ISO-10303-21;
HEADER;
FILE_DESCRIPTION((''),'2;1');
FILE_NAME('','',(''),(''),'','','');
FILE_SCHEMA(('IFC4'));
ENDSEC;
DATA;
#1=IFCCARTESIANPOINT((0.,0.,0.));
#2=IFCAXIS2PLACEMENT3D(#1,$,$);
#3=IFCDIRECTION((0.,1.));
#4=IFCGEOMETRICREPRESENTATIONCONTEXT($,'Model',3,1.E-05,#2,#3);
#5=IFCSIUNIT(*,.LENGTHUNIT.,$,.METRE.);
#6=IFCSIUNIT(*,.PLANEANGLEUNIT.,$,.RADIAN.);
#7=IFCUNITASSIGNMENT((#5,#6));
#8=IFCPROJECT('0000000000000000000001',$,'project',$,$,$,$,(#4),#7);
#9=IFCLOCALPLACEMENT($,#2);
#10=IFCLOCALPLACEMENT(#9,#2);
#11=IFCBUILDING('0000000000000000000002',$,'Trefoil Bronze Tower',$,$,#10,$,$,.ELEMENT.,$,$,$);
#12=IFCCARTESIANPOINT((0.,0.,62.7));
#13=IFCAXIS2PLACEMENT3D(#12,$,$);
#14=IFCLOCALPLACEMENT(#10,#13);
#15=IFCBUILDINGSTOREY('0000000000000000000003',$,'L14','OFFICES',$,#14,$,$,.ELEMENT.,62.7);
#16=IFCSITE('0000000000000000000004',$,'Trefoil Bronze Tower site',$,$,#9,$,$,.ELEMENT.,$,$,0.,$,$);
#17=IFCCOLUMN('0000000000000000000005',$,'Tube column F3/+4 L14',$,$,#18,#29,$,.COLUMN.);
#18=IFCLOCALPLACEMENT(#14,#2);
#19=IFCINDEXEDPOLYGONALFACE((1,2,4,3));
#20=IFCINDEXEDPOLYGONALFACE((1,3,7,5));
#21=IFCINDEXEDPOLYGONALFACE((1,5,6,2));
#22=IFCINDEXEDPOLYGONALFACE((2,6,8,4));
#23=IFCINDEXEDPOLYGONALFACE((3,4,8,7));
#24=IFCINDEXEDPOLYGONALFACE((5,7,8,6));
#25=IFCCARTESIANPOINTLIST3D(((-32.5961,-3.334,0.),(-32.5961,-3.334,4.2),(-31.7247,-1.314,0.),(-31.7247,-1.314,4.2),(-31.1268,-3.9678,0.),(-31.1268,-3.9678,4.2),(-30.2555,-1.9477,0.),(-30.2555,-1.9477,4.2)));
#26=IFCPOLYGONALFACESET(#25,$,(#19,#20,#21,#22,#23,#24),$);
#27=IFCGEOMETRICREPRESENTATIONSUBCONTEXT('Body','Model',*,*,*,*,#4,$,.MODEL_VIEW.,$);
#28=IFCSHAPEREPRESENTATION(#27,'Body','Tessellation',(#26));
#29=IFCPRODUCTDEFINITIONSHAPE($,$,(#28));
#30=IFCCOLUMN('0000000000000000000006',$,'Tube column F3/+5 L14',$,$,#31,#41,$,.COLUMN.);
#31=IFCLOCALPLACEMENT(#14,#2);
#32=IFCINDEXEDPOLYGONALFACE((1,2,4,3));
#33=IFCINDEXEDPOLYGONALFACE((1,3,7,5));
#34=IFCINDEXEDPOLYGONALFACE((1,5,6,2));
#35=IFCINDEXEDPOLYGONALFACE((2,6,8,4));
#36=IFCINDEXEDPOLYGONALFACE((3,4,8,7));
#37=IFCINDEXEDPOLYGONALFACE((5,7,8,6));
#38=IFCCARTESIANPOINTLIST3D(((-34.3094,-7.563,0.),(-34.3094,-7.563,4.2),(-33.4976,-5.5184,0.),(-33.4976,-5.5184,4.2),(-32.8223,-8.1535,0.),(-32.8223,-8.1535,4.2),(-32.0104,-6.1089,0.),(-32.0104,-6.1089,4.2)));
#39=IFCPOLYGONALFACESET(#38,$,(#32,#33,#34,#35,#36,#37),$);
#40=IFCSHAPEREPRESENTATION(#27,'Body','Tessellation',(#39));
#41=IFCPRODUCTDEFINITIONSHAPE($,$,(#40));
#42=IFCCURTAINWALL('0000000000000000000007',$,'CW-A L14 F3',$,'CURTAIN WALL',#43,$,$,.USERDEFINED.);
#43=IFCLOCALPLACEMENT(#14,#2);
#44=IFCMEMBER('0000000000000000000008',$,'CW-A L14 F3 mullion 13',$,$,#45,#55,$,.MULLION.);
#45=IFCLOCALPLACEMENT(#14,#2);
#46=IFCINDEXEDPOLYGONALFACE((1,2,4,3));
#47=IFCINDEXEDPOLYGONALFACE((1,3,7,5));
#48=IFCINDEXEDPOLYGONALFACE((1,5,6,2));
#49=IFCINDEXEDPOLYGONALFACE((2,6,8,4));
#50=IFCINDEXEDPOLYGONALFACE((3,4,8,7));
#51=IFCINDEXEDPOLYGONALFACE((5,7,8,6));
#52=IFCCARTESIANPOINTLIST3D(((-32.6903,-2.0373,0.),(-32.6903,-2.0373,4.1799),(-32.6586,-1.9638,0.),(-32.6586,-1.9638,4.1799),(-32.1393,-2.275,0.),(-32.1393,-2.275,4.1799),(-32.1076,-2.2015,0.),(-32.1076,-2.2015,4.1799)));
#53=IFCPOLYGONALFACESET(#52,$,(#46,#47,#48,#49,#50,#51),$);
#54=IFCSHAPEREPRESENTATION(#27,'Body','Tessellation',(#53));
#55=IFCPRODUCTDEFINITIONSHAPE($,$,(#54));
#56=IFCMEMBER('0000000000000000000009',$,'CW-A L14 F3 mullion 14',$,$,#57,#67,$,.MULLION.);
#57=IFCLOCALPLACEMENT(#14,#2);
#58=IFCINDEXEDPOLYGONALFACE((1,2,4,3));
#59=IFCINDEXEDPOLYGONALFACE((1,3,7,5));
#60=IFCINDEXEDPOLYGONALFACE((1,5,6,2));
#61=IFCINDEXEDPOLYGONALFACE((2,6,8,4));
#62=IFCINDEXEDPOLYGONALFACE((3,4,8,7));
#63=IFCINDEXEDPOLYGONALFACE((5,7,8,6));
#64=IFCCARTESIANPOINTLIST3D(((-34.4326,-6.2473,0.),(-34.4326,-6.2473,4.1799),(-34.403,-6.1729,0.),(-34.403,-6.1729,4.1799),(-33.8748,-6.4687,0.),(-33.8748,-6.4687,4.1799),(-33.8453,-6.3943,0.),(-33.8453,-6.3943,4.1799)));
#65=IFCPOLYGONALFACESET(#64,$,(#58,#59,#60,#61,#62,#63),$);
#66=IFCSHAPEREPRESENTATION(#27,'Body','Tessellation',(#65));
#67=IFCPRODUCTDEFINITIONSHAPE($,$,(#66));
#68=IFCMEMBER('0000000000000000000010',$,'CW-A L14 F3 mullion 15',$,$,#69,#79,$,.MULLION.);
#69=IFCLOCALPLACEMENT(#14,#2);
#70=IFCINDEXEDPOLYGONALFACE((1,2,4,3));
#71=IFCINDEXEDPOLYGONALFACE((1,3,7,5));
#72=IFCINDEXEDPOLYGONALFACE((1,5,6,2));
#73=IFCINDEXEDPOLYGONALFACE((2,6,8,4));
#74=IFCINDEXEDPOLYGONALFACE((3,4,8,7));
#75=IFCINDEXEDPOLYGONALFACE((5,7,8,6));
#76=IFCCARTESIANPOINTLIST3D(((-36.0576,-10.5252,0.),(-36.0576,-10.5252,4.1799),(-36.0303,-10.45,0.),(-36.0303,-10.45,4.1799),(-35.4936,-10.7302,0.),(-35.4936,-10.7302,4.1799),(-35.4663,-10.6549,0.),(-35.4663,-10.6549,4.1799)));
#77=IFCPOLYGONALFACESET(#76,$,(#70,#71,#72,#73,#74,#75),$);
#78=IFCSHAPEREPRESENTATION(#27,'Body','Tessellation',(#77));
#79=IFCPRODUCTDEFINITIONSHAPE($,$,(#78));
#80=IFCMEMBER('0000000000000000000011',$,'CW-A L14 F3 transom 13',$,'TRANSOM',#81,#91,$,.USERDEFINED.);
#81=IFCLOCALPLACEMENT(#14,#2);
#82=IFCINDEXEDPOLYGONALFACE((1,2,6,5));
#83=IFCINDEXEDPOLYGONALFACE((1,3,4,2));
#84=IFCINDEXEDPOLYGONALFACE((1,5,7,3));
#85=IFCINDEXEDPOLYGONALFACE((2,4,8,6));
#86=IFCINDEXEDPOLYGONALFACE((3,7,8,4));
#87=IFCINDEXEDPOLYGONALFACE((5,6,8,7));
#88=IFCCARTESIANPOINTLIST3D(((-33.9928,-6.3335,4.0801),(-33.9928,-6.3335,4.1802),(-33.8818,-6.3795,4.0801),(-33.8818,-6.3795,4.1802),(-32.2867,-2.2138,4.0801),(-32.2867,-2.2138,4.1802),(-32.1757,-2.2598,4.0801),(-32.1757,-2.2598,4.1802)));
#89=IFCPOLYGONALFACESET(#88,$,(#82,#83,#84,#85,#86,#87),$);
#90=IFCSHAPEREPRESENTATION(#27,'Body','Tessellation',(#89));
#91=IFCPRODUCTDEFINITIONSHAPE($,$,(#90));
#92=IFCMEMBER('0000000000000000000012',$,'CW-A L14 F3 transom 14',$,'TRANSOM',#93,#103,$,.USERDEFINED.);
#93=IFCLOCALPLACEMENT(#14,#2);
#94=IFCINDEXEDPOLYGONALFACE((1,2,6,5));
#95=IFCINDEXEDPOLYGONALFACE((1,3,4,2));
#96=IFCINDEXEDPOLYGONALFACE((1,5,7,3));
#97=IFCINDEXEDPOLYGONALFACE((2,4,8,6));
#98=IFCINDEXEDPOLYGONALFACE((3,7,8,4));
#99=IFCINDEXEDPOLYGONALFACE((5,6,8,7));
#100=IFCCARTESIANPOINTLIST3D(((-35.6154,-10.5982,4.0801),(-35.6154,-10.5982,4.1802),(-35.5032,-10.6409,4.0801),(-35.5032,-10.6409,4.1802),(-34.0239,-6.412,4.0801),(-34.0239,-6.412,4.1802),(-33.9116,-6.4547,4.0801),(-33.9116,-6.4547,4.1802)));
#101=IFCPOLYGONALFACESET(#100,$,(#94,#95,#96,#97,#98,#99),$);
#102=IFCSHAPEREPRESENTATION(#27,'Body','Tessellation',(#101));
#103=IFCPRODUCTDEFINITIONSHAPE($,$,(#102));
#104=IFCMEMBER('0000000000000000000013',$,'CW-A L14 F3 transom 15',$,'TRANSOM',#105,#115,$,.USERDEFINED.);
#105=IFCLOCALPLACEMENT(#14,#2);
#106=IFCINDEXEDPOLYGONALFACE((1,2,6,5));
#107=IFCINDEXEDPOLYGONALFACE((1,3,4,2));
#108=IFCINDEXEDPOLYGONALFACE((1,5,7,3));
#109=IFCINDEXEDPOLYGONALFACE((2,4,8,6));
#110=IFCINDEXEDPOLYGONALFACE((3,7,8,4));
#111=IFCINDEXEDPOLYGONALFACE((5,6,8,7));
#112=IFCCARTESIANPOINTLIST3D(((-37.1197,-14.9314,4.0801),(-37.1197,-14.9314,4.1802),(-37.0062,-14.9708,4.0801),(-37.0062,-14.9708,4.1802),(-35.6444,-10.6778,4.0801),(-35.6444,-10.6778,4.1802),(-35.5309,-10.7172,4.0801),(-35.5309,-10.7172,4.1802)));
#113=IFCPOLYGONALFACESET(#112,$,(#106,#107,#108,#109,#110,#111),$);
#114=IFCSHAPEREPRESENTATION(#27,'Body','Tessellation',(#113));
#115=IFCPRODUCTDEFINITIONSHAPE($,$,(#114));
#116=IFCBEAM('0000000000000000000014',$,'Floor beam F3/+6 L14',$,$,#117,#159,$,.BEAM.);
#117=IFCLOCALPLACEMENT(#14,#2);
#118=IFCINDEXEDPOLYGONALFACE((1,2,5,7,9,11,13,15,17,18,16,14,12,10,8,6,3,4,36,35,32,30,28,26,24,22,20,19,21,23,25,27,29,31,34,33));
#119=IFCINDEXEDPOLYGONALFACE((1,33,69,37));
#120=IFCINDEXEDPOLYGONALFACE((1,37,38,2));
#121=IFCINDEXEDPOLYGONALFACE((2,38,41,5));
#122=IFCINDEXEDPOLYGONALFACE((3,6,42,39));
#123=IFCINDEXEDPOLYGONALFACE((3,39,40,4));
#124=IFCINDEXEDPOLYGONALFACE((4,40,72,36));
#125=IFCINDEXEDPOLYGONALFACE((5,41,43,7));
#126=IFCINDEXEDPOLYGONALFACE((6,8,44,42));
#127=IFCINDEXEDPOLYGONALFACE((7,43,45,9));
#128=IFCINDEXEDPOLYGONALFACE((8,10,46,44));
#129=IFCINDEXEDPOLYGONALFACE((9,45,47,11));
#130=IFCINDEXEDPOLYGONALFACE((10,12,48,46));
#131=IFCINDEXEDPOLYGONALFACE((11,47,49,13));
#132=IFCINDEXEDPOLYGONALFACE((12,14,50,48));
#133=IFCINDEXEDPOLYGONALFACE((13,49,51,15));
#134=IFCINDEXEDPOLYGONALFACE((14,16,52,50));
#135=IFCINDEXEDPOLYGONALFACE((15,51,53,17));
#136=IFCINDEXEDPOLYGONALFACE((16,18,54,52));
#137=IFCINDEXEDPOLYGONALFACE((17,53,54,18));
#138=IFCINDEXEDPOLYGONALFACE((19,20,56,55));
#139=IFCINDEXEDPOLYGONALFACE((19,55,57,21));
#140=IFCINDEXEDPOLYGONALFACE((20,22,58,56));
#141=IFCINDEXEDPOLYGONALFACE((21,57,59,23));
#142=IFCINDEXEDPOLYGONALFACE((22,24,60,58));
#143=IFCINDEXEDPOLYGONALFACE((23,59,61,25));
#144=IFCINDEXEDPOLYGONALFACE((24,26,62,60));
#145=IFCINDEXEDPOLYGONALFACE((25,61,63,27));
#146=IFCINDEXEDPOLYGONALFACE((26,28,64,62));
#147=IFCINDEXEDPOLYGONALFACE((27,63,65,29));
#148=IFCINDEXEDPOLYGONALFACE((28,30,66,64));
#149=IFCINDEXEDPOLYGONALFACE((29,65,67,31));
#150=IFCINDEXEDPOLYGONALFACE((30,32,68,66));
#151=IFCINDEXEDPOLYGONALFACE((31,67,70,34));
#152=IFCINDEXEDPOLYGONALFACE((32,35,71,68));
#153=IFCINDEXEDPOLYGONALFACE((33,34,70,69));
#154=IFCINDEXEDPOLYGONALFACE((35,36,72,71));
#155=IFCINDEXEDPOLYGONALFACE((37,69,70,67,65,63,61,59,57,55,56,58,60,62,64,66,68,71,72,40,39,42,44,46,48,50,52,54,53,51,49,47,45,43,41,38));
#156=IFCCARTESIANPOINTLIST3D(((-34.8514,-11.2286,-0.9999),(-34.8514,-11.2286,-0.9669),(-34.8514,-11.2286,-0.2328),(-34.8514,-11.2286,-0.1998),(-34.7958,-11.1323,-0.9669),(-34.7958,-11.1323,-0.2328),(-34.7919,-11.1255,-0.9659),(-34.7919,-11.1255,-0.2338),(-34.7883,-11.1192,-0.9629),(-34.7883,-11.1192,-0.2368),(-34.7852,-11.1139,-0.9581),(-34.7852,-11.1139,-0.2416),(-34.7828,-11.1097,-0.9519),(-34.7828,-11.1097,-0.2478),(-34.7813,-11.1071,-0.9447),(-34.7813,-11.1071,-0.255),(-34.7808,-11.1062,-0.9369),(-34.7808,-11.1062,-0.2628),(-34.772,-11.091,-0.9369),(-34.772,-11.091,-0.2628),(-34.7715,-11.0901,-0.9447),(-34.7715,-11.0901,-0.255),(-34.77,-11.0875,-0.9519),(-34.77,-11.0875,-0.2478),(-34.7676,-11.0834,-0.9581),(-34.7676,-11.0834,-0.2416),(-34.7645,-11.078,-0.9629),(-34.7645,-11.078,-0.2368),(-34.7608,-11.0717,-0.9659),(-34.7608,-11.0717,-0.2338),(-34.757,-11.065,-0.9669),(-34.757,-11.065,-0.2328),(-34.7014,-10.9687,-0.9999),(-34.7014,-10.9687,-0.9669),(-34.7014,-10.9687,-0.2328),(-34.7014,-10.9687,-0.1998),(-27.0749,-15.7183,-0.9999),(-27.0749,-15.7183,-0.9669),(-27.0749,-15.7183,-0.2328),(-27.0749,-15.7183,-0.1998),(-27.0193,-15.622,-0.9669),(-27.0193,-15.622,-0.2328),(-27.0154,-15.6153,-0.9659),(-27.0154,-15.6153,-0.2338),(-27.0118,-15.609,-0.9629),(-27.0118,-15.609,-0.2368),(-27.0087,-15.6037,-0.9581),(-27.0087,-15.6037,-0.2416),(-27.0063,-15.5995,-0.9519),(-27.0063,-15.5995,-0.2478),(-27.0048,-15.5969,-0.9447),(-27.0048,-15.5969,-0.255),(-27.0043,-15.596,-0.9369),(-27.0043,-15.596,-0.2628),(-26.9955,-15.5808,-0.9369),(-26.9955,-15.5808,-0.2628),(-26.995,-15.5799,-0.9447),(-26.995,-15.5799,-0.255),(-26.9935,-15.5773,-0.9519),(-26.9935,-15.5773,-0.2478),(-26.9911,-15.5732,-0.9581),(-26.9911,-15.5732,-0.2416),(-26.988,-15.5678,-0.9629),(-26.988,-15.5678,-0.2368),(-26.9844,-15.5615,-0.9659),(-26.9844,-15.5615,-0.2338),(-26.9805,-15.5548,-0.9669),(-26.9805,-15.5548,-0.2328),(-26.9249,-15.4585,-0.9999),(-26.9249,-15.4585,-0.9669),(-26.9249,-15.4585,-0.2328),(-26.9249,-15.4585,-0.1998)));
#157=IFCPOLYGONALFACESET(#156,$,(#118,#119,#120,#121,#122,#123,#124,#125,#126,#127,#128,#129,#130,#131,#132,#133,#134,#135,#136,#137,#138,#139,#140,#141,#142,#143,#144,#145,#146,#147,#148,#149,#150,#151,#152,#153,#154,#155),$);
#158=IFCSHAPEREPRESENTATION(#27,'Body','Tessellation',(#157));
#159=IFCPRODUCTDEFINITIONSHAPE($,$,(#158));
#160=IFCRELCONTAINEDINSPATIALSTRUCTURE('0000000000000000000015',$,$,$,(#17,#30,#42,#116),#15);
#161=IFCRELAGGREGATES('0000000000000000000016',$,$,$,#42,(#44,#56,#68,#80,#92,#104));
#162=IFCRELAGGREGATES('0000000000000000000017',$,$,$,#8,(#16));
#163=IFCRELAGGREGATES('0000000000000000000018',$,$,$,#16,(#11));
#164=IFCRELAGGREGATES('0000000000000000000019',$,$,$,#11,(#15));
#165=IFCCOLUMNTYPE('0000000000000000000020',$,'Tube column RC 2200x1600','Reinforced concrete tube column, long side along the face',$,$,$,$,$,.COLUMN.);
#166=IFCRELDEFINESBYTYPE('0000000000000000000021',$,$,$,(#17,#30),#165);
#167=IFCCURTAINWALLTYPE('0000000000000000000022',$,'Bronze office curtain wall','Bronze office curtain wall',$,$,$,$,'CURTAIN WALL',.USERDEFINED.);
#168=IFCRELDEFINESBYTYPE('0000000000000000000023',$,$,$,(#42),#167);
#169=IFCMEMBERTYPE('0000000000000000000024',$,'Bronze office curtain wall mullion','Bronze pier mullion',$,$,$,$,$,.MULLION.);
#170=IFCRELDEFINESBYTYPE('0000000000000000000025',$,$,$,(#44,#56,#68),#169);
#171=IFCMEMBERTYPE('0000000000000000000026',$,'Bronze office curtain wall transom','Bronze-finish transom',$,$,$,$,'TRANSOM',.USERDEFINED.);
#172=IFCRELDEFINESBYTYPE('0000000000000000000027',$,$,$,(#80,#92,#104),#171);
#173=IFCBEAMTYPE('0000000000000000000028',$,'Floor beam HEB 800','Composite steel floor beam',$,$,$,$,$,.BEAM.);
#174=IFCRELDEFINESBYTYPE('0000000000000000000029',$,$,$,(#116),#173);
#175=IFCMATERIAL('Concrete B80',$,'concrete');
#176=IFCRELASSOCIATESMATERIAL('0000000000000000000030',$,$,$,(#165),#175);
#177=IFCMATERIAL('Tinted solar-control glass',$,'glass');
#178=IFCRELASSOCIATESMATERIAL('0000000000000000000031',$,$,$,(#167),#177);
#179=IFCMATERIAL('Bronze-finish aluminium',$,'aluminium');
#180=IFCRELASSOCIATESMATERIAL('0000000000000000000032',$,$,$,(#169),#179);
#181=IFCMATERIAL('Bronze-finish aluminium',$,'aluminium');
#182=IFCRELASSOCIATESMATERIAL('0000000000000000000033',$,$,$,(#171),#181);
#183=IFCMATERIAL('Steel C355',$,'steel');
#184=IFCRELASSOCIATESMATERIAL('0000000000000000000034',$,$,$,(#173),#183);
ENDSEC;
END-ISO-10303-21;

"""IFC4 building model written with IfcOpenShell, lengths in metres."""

from ifc_helpers import new_model, si_unit, direction, frame, origin, origin_2d, place, context, subcontext, project, spatial, rectangle, i_section, extrude, material, material_profile, profile_set, type_object, element, aggregate, save


model = new_model("IFC4")

# Units and contexts
model_context = context("Model", 3, precision=1e-05, world=origin(), true_north=direction((0.0, 1.0)))
body_context = subcontext(model_context, "Body", "Model", "MODEL_VIEW")
ifc_project = project(units=[si_unit("LENGTHUNIT", "METRE"), si_unit("PLANEANGLEUNIT", "RADIAN")], contexts=[model_context])

# Site, building, storey
site_placement = place(None, origin())
site = spatial("IfcSite", under=ifc_project, at=site_placement, Name="Trefoil Bronze Tower site", CompositionType="ELEMENT", RefElevation=0.0)
building_placement = place(site_placement, origin())
building = spatial("IfcBuilding", under=site, at=building_placement, Name="Trefoil Bronze Tower", CompositionType="ELEMENT")
storey_placement = place(building_placement, frame((0.0, 0.0, 62.7)))
storey = spatial("IfcBuildingStorey", under=building, at=storey_placement, Name="L14", Description="OFFICES", CompositionType="ELEMENT", Elevation=62.7)

# Columns
ifc_material_1 = material(Name="Concrete B80", Category="concrete")
ifc_material_profile_1 = material_profile(ifc_material_1, rectangle(XDim=2.2, YDim=1.6001, at=origin_2d()), Name="RC 2200x1600")
ifc_profile_set_1 = profile_set([ifc_material_profile_1], Name="Concrete B80")
column_type = type_object("IfcColumnType", Name="Tube column RC 2200x1600", Description="Reinforced concrete tube column, long side along the face", PredefinedType="COLUMN", material=ifc_profile_set_1)
for number, where, z_axis, x_axis, name in (
    (1, (-31.4258, -2.6409, 0.0), (0.0, 0.0, 1.0), (-0.396085, -0.918214, 0.0), "Tube column F3/+4 L14"),
    (2, (-33.1599, -6.8359, 0.0), (0.0, 0.0, 1.0), (-0.36904, -0.929414, 0.0), "Tube column F3/+5 L14"),
):
    element("IfcColumn", number, at=place(storey_placement, frame(where, z_axis=z_axis, x_axis=x_axis)), inside=storey, type_object=column_type, Name=name, PredefinedType="COLUMN", context=body_context, shape_type="SweptSolid", body=[
        extrude(rectangle(XDim=2.2, YDim=1.6001, at=origin_2d()), origin(), (0.0, 0.0, 1.0), 4.2),
    ])

# Curtain wall, members
ifc_material_2 = material(Name="Tinted solar-control glass", Category="glass")
curtain_wall_type = type_object("IfcCurtainWallType", Name="Bronze office curtain wall", Description="Bronze office curtain wall", ElementType="CURTAIN WALL", PredefinedType="USERDEFINED", material=ifc_material_2)
curtain_wall_placement = place(storey_placement, origin())
curtain_wall = element("IfcCurtainWall", 3, at=curtain_wall_placement, inside=storey, type_object=curtain_wall_type, Name="CW-A L14 F3", ObjectType="CURTAIN WALL", PredefinedType="USERDEFINED")
ifc_material_3 = material(Name="Bronze-finish aluminium", Category="aluminium")
ifc_material_profile_2 = material_profile(ifc_material_3, rectangle(XDim=0.6001, YDim=0.0801, at=origin_2d()), Name="CW-A mullion")
ifc_profile_set_2 = profile_set([ifc_material_profile_2], Name="Bronze-finish aluminium")
member_type_1 = type_object("IfcMemberType", Name="Bronze office curtain wall mullion", Description="Bronze pier mullion", PredefinedType="MULLION", material=ifc_profile_set_2)
member_1_placement = place(storey_placement, frame((-32.3989, -2.1194, 0.0), z_axis=(0.0, 0.0, 1.0), x_axis=(0.918214, -0.396085, 0.0)))
member_1 = element("IfcMember", 4, at=member_1_placement, type_object=member_type_1, Name="CW-A L14 F3 mullion 13", PredefinedType="MULLION", context=body_context, shape_type="SweptSolid", body=[
    extrude(rectangle(XDim=0.6001, YDim=0.0801, at=origin_2d()), origin(), (0.0, 0.0, 1.0), 4.1799),
])
member_2_placement = place(storey_placement, frame((-34.1389, -6.3208, 0.0), z_axis=(0.0, 0.0, 1.0), x_axis=(0.929414, -0.36904, 0.0)))
member_2 = element("IfcMember", 5, at=member_2_placement, type_object=member_type_1, Name="CW-A L14 F3 mullion 14", PredefinedType="MULLION", context=body_context, shape_type="SweptSolid", body=[
    extrude(rectangle(XDim=0.6001, YDim=0.0801, at=origin_2d()), origin(), (0.0, 0.0, 1.0), 4.1799),
])
member_3_placement = place(storey_placement, frame((-35.762, -10.5901, 0.0), z_axis=(0.0, 0.0, 1.0), x_axis=(0.93986, -0.341559, 0.0)))
member_3 = element("IfcMember", 6, at=member_3_placement, type_object=member_type_1, Name="CW-A L14 F3 mullion 15", PredefinedType="MULLION", context=body_context, shape_type="SweptSolid", body=[
    extrude(rectangle(XDim=0.6001, YDim=0.0801, at=origin_2d()), origin(), (0.0, 0.0, 1.0), 4.1799),
])
ifc_material_4 = material(Name="Bronze-finish aluminium", Category="aluminium")
ifc_material_profile_3 = material_profile(ifc_material_4, rectangle(XDim=0.1201, YDim=0.1001, at=origin_2d()), Name="CW-A transom")
ifc_profile_set_3 = profile_set([ifc_material_profile_3], Name="Bronze-finish aluminium")
member_type_2 = type_object("IfcMemberType", Name="Bronze office curtain wall transom", Description="Bronze-finish transom", ElementType="TRANSOM", PredefinedType="USERDEFINED", material=ifc_profile_set_3)
member_4_placement = place(storey_placement, frame((-32.2312, -2.2368, 4.1301), z_axis=(-0.382616, -0.923907, 0.0), x_axis=(0.923907, -0.382616, 0.0)))
member_4 = element("IfcMember", 7, at=member_4_placement, type_object=member_type_2, Name="CW-A L14 F3 transom 13", ObjectType="TRANSOM", PredefinedType="USERDEFINED", context=body_context, shape_type="SweptSolid", body=[
    extrude(rectangle(XDim=0.1201, YDim=0.1001, at=origin_2d()), origin(), (0.0, 0.0, 1.0), 4.459),
])
member_5_placement = place(storey_placement, frame((-33.9678, -6.4333, 4.1301), z_axis=(-0.355367, -0.934727, 0.0), x_axis=(0.934727, -0.355367, 0.0)))
member_5 = element("IfcMember", 8, at=member_5_placement, type_object=member_type_2, Name="CW-A L14 F3 transom 14", ObjectType="TRANSOM", PredefinedType="USERDEFINED", context=body_context, shape_type="SweptSolid", body=[
    extrude(rectangle(XDim=0.1201, YDim=0.1001, at=origin_2d()), origin(), (0.0, 0.0, 1.0), 4.4785),
])
member_6_placement = place(storey_placement, frame((-35.5876, -10.6975, 4.1301), z_axis=(-0.32769, -0.944785, 0.0), x_axis=(0.944785, -0.32769, 0.0)))
member_6 = element("IfcMember", 9, at=member_6_placement, type_object=member_type_2, Name="CW-A L14 F3 transom 15", ObjectType="TRANSOM", PredefinedType="USERDEFINED", context=body_context, shape_type="SweptSolid", body=[
    extrude(rectangle(XDim=0.1201, YDim=0.1001, at=origin_2d()), origin(), (0.0, 0.0, 1.0), 4.5022),
])

# Beam
ifc_material_5 = material(Name="Steel C355", Category="steel")
ifc_material_profile_4 = material_profile(ifc_material_5, i_section(OverallWidth=0.3, OverallDepth=0.8, WebThickness=0.0176, FlangeThickness=0.033, FilletRadius=0.03, at=origin_2d()), Name="HEB 800")
ifc_profile_set_4 = profile_set([ifc_material_profile_4], Name="Steel C355")
beam_type_1 = type_object("IfcBeamType", Name="Floor beam HEB 800", Description="Composite steel floor beam", PredefinedType="BEAM", material=ifc_profile_set_4)
beam_1_placement = place(storey_placement, frame((-34.7764, -11.0986, -0.5999), z_axis=(0.866023, -0.500005, 0.0), x_axis=(0.500005, 0.866023, 0.0)))
element("IfcBeam", 10, at=beam_1_placement, inside=storey, type_object=beam_type_1, Name="Floor beam F3/+6 L14", PredefinedType="BEAM", context=body_context, shape_type="SweptSolid", body=[
    extrude(i_section(OverallWidth=0.3, OverallDepth=0.8, WebThickness=0.0176, FlangeThickness=0.033, FilletRadius=0.03, at=origin_2d()), origin(), (0.0, 0.0, 1.0), 8.9795),
])

aggregate(curtain_wall, [member_1, member_2, member_3, member_4, member_5, member_6])

save(model, "model.ifc")
